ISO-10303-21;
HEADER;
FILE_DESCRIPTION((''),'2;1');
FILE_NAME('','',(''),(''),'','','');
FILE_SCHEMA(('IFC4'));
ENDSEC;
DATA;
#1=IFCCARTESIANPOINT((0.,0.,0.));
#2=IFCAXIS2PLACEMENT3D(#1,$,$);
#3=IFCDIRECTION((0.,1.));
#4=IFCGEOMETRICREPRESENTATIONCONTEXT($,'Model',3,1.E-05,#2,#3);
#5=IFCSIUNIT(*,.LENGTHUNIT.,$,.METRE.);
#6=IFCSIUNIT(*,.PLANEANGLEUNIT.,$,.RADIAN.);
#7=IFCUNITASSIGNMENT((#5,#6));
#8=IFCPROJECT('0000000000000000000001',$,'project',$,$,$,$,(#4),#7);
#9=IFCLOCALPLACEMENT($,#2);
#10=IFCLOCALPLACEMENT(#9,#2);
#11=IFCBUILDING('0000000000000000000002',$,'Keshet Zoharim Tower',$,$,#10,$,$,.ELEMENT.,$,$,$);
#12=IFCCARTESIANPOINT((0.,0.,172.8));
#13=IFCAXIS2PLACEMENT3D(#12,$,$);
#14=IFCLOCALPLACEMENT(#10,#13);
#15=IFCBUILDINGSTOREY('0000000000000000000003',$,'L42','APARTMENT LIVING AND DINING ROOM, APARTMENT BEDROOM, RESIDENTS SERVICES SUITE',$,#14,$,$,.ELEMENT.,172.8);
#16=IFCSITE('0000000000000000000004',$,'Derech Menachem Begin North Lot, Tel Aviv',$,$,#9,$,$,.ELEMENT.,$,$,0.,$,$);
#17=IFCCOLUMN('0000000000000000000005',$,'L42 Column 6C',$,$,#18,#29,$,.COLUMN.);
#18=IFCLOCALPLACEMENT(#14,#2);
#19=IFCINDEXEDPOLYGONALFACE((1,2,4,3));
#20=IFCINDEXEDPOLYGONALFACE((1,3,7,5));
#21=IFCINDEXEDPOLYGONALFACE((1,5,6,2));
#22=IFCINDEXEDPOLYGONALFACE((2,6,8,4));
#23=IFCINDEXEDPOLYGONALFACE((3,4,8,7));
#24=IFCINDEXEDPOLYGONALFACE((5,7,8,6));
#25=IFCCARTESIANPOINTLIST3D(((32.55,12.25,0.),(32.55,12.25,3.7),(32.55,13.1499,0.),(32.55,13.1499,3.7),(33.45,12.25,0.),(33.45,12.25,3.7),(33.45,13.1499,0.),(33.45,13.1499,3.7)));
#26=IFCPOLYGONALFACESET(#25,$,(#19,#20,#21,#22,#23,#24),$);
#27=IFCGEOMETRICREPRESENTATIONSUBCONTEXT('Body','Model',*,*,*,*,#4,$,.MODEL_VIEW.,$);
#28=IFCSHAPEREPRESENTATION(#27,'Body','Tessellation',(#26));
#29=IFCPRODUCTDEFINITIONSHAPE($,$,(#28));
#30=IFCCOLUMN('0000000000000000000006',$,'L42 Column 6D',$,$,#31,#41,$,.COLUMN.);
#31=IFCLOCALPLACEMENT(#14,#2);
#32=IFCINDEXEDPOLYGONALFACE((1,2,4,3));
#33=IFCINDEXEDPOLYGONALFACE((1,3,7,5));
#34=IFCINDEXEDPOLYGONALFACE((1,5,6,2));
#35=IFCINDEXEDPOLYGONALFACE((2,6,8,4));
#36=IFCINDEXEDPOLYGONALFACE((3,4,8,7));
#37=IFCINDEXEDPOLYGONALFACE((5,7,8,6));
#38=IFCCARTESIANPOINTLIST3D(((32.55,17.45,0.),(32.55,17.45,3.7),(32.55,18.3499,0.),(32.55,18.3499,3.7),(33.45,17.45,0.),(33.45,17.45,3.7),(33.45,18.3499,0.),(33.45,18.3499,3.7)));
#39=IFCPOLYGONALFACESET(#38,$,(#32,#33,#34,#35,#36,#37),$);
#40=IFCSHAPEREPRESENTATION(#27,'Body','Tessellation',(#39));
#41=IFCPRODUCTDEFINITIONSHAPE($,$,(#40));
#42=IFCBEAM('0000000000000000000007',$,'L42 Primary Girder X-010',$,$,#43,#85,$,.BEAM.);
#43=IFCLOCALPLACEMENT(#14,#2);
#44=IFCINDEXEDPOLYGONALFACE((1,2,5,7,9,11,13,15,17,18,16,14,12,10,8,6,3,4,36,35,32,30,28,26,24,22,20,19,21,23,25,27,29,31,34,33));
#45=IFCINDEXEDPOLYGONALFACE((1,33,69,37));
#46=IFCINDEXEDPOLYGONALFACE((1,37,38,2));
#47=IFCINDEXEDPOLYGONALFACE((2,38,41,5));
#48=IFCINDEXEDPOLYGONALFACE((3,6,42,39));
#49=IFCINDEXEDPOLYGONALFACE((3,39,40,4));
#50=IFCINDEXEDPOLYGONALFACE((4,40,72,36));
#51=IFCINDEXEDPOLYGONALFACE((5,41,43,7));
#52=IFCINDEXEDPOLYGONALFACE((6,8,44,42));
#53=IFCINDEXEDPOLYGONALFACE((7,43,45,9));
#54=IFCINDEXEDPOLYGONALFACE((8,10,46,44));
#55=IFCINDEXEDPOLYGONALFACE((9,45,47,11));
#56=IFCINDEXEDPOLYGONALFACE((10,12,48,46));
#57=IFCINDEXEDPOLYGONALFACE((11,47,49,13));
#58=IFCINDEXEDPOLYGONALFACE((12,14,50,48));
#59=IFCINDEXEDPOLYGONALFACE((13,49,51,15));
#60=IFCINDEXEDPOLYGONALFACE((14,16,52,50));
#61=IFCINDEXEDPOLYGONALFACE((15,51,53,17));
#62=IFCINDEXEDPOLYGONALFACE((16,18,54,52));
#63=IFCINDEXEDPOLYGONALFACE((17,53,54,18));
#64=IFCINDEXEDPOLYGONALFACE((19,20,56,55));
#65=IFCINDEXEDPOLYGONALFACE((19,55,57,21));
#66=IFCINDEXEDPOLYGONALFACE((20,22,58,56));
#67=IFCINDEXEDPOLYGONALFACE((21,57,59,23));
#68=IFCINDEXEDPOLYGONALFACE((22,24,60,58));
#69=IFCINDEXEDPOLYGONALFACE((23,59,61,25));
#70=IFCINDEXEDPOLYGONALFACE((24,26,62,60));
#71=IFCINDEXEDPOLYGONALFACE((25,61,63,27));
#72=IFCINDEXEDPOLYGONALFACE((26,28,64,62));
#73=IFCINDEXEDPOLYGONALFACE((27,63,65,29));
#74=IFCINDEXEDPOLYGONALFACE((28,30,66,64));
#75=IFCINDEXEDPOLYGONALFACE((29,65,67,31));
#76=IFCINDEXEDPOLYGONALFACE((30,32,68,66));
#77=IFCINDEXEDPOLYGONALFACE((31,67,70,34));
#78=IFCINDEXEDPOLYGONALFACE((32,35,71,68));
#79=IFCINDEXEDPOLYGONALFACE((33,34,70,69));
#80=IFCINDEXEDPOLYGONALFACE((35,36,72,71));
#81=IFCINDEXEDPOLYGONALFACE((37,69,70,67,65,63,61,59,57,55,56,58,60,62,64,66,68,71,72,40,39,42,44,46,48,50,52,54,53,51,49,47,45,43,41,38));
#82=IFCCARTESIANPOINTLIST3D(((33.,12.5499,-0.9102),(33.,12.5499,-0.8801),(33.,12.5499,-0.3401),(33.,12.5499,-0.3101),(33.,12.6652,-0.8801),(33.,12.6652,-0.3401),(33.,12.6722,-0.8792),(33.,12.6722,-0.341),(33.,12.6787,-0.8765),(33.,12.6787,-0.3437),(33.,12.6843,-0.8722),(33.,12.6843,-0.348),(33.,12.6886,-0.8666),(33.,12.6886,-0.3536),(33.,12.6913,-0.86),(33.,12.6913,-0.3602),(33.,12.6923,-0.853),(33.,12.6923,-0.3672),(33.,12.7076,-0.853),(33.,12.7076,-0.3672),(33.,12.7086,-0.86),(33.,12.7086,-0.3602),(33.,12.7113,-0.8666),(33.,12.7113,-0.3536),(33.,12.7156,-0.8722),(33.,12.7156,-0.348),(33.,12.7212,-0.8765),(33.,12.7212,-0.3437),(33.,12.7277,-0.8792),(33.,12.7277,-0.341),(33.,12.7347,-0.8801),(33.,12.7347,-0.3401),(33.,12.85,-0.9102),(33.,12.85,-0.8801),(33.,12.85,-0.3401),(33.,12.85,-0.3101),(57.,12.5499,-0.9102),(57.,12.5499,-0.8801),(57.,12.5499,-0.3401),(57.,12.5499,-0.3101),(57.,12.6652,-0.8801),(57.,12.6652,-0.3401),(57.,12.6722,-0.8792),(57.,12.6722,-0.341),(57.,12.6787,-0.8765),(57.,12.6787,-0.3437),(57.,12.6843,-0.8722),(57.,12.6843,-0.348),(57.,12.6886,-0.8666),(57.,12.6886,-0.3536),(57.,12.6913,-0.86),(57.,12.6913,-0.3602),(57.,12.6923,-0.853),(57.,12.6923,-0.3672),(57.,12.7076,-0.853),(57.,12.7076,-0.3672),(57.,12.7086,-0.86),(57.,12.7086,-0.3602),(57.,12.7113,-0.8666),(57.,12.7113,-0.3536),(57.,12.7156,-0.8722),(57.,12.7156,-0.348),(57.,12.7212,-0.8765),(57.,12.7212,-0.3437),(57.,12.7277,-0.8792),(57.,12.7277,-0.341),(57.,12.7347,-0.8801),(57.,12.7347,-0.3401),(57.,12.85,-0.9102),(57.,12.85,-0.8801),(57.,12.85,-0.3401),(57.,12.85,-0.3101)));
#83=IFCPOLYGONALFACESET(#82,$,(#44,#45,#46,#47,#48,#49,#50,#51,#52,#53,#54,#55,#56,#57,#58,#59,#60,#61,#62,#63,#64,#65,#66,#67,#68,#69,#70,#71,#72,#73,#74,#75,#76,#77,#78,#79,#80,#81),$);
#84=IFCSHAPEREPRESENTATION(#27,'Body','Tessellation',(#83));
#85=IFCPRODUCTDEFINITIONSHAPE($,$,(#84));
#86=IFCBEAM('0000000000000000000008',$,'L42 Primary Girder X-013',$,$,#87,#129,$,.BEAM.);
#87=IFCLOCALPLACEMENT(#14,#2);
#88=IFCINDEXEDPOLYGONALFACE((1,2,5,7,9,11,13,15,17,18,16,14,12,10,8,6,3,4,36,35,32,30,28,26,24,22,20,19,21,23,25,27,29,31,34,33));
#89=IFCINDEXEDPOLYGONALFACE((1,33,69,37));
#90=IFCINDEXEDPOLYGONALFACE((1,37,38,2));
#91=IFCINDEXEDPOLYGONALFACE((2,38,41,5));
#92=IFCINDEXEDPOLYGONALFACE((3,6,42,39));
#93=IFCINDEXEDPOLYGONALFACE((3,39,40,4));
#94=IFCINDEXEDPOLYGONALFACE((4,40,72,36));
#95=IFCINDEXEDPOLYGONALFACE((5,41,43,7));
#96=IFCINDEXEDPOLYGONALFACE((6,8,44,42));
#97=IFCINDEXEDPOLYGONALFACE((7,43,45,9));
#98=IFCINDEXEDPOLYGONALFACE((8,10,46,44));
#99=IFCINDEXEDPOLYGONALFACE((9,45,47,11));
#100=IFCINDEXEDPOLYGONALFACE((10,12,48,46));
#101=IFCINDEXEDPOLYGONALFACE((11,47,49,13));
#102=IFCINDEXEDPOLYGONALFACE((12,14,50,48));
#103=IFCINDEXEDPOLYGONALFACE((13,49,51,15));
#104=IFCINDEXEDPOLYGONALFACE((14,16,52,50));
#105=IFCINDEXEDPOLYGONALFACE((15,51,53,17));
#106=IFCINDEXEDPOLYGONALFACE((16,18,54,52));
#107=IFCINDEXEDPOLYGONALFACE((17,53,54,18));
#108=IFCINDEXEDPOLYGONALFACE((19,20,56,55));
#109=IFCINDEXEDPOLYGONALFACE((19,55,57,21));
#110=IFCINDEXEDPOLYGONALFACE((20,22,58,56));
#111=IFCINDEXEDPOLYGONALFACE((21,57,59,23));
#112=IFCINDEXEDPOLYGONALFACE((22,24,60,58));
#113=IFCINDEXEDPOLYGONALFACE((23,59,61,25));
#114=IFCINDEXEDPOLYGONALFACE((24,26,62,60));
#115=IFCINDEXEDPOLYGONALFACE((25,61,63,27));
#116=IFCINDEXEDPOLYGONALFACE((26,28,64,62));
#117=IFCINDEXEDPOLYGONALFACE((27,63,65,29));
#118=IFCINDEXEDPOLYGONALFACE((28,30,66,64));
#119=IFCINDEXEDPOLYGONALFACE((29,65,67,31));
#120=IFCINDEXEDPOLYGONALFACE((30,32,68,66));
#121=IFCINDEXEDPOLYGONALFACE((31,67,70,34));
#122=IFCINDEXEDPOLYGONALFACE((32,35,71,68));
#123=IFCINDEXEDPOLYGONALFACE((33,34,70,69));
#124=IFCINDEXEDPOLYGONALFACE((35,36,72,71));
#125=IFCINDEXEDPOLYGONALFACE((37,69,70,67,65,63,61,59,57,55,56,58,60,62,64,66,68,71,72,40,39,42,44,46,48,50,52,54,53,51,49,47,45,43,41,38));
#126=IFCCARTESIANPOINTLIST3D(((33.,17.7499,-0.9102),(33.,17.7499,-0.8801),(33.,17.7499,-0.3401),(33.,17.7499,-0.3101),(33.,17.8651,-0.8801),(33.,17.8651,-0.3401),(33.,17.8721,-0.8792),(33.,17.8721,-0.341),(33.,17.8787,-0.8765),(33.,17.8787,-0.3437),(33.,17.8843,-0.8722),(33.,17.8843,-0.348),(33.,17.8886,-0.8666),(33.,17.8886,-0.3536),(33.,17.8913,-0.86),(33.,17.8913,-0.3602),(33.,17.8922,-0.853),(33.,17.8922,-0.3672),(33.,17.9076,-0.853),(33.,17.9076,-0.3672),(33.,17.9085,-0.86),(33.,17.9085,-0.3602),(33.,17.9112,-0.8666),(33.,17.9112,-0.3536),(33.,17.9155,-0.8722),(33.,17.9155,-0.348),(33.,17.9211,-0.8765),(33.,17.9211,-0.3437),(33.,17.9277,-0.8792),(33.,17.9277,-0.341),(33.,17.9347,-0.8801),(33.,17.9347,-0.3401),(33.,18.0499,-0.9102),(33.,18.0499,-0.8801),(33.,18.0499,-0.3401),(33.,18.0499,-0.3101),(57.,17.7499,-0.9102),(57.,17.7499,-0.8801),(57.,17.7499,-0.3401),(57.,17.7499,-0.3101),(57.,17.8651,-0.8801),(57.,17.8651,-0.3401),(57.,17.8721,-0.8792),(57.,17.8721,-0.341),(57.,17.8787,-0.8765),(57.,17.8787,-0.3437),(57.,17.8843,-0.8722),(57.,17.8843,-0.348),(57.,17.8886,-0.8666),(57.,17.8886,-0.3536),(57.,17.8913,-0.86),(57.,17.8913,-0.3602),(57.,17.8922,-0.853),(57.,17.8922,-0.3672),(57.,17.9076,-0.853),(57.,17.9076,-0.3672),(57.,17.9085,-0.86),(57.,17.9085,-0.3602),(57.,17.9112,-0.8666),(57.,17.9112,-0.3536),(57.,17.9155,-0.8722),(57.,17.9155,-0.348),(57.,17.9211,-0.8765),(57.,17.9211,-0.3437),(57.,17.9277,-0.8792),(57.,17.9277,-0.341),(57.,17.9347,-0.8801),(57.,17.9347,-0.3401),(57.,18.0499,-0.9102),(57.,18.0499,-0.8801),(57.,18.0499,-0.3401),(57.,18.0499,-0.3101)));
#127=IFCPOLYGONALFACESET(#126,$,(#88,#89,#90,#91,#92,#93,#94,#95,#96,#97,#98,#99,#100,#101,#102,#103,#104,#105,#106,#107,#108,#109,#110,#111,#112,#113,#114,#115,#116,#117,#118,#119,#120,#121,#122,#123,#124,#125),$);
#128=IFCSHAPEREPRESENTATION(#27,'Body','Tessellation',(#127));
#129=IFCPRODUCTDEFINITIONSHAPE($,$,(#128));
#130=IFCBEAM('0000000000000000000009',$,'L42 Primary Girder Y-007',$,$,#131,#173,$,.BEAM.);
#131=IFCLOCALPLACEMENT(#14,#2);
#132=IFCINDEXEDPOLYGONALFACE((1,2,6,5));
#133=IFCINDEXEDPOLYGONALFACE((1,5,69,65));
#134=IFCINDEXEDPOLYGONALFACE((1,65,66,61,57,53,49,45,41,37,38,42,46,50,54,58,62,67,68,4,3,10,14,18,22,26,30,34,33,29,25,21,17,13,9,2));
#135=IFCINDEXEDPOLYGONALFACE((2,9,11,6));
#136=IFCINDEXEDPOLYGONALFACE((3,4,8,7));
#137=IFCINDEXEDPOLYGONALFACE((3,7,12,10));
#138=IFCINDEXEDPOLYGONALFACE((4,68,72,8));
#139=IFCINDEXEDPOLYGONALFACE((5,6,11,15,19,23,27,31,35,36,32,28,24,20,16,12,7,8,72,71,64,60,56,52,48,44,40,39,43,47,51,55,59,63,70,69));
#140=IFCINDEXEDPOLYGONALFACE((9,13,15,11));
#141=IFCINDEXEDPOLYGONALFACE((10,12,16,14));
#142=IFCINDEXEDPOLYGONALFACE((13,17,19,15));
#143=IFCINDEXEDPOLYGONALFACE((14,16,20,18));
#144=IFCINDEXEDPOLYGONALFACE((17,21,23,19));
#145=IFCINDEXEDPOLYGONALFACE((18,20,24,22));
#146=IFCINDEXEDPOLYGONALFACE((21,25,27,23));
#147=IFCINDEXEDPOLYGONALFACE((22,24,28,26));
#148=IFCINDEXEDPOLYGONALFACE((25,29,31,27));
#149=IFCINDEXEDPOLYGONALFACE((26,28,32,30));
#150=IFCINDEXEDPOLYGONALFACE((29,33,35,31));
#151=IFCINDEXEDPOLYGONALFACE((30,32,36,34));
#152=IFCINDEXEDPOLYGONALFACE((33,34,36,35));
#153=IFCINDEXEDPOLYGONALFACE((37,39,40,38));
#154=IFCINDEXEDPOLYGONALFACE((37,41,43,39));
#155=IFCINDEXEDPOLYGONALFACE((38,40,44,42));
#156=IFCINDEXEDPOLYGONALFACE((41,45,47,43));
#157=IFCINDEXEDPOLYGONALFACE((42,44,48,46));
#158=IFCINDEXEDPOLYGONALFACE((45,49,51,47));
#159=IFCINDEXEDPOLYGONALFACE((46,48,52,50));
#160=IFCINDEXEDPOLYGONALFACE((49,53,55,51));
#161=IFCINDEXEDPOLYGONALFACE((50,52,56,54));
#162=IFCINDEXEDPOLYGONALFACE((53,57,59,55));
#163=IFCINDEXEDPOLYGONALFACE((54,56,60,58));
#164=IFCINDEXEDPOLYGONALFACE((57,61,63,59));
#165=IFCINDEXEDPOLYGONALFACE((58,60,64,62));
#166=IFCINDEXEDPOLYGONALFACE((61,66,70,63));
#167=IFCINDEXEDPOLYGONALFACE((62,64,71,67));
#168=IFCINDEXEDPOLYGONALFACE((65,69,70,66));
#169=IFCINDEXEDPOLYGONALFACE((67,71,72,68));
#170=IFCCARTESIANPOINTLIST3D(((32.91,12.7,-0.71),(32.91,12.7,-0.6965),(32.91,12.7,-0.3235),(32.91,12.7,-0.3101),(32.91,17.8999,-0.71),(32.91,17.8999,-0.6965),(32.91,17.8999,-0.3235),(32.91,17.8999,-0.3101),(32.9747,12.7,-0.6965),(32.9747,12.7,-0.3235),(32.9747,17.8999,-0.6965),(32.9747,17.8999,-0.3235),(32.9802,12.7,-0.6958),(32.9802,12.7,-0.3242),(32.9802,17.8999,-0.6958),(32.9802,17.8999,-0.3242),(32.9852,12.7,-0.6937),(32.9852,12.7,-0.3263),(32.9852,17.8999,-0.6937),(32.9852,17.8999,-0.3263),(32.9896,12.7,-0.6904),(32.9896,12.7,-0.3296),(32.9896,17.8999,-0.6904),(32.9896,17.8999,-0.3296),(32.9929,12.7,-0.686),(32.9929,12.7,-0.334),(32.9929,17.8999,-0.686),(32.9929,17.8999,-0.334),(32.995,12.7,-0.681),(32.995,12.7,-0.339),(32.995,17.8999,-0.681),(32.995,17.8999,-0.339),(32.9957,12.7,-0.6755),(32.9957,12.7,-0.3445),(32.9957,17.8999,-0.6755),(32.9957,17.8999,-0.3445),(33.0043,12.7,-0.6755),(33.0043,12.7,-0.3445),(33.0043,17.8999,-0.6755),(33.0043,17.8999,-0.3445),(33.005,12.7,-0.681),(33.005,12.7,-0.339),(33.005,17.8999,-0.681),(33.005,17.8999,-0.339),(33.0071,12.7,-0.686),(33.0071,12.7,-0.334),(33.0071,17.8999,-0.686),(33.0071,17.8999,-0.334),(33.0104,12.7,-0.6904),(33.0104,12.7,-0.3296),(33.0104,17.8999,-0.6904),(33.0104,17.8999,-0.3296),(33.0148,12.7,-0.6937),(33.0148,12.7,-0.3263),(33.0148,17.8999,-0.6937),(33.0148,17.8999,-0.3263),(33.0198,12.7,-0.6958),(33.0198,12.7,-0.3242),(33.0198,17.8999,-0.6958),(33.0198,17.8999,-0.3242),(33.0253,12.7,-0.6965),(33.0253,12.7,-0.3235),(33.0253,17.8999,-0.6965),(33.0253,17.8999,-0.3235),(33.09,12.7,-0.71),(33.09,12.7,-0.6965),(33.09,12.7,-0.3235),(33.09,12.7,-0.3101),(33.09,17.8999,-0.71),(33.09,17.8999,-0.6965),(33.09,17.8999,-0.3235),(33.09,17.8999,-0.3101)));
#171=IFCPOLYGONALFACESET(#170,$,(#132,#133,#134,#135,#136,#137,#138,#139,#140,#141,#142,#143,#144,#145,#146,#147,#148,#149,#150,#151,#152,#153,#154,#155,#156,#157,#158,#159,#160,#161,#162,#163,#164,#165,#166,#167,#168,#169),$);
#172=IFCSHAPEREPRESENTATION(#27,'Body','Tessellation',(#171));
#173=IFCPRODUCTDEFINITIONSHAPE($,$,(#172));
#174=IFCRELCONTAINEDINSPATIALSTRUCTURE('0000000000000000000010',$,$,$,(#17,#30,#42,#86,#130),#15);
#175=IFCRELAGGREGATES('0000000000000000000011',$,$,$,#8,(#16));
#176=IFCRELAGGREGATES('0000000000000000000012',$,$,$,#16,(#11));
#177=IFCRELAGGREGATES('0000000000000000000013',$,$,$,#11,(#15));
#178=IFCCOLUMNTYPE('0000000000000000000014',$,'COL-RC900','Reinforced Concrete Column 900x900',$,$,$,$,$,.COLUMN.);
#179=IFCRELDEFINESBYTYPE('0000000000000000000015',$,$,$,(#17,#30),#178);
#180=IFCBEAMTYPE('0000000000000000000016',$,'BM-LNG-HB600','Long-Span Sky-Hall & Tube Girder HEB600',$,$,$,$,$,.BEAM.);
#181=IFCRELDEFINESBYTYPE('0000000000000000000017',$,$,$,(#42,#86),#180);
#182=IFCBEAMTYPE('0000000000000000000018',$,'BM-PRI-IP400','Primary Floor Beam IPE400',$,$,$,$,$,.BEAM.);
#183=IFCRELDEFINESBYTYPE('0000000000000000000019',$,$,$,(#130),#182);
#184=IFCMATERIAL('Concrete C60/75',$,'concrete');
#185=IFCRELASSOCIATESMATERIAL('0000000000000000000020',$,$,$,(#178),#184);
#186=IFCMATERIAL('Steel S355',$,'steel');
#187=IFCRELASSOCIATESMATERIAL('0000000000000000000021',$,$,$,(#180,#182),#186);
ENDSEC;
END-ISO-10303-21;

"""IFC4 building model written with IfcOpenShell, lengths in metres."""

from ifc_helpers import new_model, si_unit, direction, frame, origin, origin_2d, place, context, subcontext, project, spatial, rectangle, i_section, extrude, material, material_profile, profile_set, type_object, element, save


model = new_model("IFC4")

# Units and contexts
model_context = context("Model", 3, precision=1e-05, world=origin(), true_north=direction((0.0, 1.0)))
body_context = subcontext(model_context, "Body", "Model", "MODEL_VIEW")
ifc_project = project(units=[si_unit("LENGTHUNIT", "METRE"), si_unit("PLANEANGLEUNIT", "RADIAN")], contexts=[model_context])

# Site, building, storey
site_placement = place(None, origin())
site = spatial("IfcSite", under=ifc_project, at=site_placement, Name="Derech Menachem Begin North Lot, Tel Aviv", CompositionType="ELEMENT", RefElevation=0.0)
building_placement = place(site_placement, origin())
building = spatial("IfcBuilding", under=site, at=building_placement, Name="Keshet Zoharim Tower", CompositionType="ELEMENT")
storey_placement = place(building_placement, frame((0.0, 0.0, 172.8)))
storey = spatial("IfcBuildingStorey", under=building, at=storey_placement, Name="L42", Description="APARTMENT LIVING AND DINING ROOM, APARTMENT BEDROOM, RESIDENTS SERVICES SUITE", CompositionType="ELEMENT", Elevation=172.8)

# Columns
ifc_material_1 = material(Name="Concrete C60/75", Category="concrete")
ifc_material_profile_1 = material_profile(ifc_material_1, rectangle(XDim=0.8999, YDim=0.8999, at=origin_2d()), Name="RC900x900")
ifc_profile_set_1 = profile_set([ifc_material_profile_1], Name="Concrete C60/75")
column_type = type_object("IfcColumnType", Name="COL-RC900", Description="Reinforced Concrete Column 900x900", PredefinedType="COLUMN", material=ifc_profile_set_1)
for number, where, z_axis, x_axis, name in (
    (1, (33.0, 12.7, 0.0), (0.0, 0.0, 1.0), (1.0, 0.0, 0.0), "L42 Column 6C"),
    (2, (33.0, 17.8999, 0.0), (0.0, 0.0, 1.0), (1.0, 0.0, 0.0), "L42 Column 6D"),
):
    element("IfcColumn", number, at=place(storey_placement, frame(where, z_axis=z_axis, x_axis=x_axis)), inside=storey, type_object=column_type, Name=name, PredefinedType="COLUMN", context=body_context, shape_type="SweptSolid", body=[
        extrude(rectangle(XDim=0.8999, YDim=0.8999, at=origin_2d()), origin(), (0.0, 0.0, 1.0), 3.7),
    ])

# Beams
ifc_material_2 = material(Name="Steel S355", Category="steel")
ifc_material_profile_2 = material_profile(ifc_material_2, i_section(OverallWidth=0.3, OverallDepth=0.6001, WebThickness=0.0154, FlangeThickness=0.03, FilletRadius=0.0271, at=origin_2d()), Name="HEB600")
ifc_profile_set_2 = profile_set([ifc_material_profile_2], Name="Steel S355")
beam_type_1 = type_object("IfcBeamType", Name="BM-LNG-HB600", Description="Long-Span Sky-Hall & Tube Girder HEB600", PredefinedType="BEAM", material=ifc_profile_set_2)
for number, where, z_axis, x_axis, name in (
    (3, (33.0, 12.7, -0.6101), (1.0, 0.0, 0.0), (0.0, 1.0, 0.0), "L42 Primary Girder X-010"),
    (4, (33.0, 17.8999, -0.6101), (1.0, 0.0, 0.0), (0.0, 1.0, 0.0), "L42 Primary Girder X-013"),
):
    element("IfcBeam", number, at=place(storey_placement, frame(where, z_axis=z_axis, x_axis=x_axis)), inside=storey, type_object=beam_type_1, Name=name, PredefinedType="BEAM", context=body_context, shape_type="SweptSolid", body=[
        extrude(i_section(OverallWidth=0.3, OverallDepth=0.6001, WebThickness=0.0154, FlangeThickness=0.03, FilletRadius=0.0271, at=origin_2d()), origin(), (0.0, 0.0, 1.0), 24.0),
    ])
ifc_material_profile_3 = material_profile(ifc_material_2, i_section(OverallWidth=0.1799, OverallDepth=0.3999, WebThickness=0.0085, FlangeThickness=0.0134, FilletRadius=0.021, at=origin_2d()), Name="IPE400")
ifc_profile_set_3 = profile_set([ifc_material_profile_3], Name="Steel S355")
beam_type_2 = type_object("IfcBeamType", Name="BM-PRI-IP400", Description="Primary Floor Beam IPE400", PredefinedType="BEAM", material=ifc_profile_set_3)
beam_1_placement = place(storey_placement, frame((33.0, 12.7, -0.51), z_axis=(0.0, 1.0, 0.0), x_axis=(-1.0, 0.0, 0.0)))
element("IfcBeam", 5, at=beam_1_placement, inside=storey, type_object=beam_type_2, Name="L42 Primary Girder Y-007", PredefinedType="BEAM", context=body_context, shape_type="SweptSolid", body=[
    extrude(i_section(OverallWidth=0.1799, OverallDepth=0.3999, WebThickness=0.0085, FlangeThickness=0.0134, FilletRadius=0.021, at=origin_2d()), origin(), (0.0, 0.0, 1.0), 5.2),
])

save(model, "model.ifc")
